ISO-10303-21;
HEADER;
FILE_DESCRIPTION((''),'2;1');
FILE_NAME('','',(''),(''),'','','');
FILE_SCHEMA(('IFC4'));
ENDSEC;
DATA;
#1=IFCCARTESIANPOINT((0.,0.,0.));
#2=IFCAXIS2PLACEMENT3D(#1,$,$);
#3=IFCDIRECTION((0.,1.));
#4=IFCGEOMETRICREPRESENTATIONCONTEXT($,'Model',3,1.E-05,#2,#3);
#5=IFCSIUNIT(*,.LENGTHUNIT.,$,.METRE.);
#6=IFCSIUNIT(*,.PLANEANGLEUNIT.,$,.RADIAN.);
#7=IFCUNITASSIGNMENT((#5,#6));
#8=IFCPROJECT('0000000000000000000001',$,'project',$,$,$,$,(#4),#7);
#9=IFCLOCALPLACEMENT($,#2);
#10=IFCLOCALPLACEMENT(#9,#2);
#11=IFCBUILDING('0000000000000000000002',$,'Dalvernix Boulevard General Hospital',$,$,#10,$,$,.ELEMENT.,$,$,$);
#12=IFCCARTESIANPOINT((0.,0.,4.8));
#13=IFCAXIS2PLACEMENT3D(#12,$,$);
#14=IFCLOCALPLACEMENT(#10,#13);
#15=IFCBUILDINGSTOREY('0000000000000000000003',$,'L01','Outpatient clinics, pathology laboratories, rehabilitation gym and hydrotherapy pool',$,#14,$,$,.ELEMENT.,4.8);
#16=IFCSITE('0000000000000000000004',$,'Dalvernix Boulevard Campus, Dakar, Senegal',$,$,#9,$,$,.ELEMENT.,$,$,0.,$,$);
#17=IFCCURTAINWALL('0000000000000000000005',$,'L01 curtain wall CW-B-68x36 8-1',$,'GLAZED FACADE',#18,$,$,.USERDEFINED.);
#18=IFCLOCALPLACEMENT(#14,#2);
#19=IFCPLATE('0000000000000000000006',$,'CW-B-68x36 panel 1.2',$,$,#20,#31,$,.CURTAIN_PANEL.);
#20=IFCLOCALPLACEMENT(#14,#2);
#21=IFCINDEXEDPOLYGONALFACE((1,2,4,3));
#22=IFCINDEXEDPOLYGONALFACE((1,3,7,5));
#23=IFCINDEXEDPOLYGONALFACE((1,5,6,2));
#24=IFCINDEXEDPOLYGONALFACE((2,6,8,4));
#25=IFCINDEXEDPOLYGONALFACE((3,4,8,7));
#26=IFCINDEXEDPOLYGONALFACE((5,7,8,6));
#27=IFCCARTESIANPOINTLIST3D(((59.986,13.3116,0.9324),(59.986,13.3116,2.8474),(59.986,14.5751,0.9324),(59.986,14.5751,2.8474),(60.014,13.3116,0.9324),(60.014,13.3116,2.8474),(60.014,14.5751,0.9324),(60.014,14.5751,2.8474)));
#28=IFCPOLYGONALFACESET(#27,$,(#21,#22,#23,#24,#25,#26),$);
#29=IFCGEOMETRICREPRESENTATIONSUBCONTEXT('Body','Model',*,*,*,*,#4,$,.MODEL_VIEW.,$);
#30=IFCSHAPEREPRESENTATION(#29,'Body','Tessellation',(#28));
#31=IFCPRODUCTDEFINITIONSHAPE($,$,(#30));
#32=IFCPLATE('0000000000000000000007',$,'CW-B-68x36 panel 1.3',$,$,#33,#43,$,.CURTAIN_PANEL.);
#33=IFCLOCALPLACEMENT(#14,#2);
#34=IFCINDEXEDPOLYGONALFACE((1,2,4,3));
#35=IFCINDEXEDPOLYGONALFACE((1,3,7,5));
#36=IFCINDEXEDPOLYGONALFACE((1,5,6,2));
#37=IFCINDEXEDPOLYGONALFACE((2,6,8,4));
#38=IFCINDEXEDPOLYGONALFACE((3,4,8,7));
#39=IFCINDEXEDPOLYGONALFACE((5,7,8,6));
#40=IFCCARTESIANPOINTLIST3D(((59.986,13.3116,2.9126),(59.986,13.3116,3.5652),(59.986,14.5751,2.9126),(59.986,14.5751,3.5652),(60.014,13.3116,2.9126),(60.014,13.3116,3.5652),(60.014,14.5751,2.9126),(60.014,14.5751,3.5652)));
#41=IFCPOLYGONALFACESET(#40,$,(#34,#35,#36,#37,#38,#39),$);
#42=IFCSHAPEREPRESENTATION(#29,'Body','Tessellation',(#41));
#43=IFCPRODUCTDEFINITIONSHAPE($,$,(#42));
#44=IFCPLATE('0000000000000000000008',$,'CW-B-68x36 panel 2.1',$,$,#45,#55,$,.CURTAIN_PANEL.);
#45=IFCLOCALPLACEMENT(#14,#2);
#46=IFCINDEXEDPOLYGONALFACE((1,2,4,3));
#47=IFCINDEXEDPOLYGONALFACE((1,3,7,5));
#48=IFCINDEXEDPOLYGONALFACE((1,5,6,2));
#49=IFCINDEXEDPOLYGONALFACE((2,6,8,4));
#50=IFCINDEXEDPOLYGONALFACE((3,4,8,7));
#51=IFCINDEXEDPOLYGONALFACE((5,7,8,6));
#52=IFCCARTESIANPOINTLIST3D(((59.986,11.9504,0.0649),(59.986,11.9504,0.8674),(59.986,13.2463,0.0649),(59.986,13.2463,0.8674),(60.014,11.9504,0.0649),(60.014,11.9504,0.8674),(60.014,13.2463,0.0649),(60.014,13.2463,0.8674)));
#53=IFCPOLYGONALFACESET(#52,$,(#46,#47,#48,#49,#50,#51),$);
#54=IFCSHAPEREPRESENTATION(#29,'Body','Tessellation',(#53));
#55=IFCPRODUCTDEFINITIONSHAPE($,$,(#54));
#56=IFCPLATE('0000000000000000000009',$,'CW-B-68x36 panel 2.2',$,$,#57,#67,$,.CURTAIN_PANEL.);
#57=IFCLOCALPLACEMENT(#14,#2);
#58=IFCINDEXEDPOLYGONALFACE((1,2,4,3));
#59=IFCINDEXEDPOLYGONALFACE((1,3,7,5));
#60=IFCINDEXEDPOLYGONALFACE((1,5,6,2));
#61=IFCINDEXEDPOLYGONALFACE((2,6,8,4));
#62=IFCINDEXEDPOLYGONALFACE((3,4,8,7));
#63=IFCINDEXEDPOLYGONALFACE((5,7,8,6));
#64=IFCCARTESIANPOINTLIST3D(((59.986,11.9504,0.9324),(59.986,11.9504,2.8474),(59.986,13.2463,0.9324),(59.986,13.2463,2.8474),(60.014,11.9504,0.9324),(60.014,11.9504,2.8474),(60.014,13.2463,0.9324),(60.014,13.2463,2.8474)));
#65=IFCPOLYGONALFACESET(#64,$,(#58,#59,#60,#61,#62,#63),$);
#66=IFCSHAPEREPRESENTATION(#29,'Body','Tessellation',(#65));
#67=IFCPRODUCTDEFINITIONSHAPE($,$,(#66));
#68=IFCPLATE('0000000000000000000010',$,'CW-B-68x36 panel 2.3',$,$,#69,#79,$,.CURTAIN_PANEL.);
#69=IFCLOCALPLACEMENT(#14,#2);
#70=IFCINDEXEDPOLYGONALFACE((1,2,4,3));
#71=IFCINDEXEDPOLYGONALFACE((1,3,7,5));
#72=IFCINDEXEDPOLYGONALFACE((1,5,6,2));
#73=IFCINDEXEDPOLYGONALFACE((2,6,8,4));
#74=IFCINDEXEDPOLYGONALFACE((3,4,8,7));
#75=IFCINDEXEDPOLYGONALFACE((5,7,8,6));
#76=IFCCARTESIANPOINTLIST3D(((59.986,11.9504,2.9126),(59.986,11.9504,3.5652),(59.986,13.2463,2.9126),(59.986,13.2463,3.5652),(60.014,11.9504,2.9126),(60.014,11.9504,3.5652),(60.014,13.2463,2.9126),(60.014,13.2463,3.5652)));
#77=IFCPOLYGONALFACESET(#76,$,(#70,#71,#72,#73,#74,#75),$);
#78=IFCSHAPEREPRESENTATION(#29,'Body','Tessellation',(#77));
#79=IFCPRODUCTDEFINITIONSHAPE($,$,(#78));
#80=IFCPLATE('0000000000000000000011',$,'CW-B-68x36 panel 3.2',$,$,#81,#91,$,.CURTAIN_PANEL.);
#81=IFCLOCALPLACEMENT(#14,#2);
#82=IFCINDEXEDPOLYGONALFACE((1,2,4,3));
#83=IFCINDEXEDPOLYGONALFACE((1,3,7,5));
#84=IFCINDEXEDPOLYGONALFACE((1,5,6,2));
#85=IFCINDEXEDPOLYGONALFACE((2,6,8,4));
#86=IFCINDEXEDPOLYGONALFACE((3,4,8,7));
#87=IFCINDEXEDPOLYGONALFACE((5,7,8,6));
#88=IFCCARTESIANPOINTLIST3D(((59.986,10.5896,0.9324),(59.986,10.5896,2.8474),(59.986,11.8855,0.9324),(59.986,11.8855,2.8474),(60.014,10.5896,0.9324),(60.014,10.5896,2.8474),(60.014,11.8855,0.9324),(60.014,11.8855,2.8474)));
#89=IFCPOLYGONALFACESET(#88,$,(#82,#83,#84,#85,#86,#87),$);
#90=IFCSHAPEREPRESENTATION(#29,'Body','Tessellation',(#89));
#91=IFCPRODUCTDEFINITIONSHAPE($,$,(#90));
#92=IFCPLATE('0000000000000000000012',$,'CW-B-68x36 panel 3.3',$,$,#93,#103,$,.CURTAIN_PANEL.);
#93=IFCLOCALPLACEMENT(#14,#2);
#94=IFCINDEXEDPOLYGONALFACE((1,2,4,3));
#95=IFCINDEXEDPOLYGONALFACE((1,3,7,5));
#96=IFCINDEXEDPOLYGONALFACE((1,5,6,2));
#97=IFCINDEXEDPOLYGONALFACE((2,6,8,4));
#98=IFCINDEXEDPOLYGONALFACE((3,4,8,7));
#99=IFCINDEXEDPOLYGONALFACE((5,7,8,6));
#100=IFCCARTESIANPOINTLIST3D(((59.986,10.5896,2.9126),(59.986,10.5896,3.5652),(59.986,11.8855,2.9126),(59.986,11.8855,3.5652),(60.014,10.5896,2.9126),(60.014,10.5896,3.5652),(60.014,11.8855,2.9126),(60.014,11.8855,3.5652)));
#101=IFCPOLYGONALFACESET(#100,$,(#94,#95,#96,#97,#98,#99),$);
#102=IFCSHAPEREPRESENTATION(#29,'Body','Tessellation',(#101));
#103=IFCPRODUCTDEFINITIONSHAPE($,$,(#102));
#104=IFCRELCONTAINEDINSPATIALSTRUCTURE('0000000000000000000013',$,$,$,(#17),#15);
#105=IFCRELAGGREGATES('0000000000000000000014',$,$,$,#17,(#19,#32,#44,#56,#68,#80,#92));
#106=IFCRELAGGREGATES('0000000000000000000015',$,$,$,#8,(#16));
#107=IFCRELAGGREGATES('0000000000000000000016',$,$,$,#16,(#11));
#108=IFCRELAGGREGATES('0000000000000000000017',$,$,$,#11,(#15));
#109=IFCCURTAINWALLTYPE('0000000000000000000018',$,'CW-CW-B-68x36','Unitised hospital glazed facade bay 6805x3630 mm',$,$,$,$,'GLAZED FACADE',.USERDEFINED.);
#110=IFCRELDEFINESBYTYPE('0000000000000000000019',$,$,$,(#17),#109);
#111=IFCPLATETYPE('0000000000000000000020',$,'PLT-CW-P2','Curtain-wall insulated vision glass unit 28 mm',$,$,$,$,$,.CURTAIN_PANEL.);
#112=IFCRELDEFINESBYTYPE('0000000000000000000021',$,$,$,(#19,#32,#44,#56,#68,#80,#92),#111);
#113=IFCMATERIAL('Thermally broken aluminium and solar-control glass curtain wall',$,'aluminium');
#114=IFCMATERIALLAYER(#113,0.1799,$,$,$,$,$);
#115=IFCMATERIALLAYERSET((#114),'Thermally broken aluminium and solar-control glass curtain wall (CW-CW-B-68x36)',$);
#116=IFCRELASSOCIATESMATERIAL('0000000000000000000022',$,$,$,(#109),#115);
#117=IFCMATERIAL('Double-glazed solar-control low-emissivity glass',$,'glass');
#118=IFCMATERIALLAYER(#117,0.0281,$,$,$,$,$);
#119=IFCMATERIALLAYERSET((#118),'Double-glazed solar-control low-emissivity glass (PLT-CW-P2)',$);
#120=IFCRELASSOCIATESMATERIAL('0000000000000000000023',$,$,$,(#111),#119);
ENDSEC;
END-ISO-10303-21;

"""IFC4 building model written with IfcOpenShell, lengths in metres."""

from ifc_helpers import new_model, si_unit, direction, frame, origin, origin_2d, place, context, subcontext, project, spatial, rectangle, extrude, material, layer, layer_set, type_object, element, aggregate, save


model = new_model("IFC4")

# Units and contexts
model_context = context("Model", 3, precision=1e-05, world=origin(), true_north=direction((0.0, 1.0)))
body_context = subcontext(model_context, "Body", "Model", "MODEL_VIEW")
ifc_project = project(units=[si_unit("LENGTHUNIT", "METRE"), si_unit("PLANEANGLEUNIT", "RADIAN")], contexts=[model_context])

# Site, building, storey
site_placement = place(None, origin())
site = spatial("IfcSite", under=ifc_project, at=site_placement, Name="Dalvernix Boulevard Campus, Dakar, Senegal", CompositionType="ELEMENT", RefElevation=0.0)
building_placement = place(site_placement, origin())
building = spatial("IfcBuilding", under=site, at=building_placement, Name="Dalvernix Boulevard General Hospital", CompositionType="ELEMENT")
storey_placement = place(building_placement, frame((0.0, 0.0, 4.8)))
storey = spatial("IfcBuildingStorey", under=building, at=storey_placement, Name="L01", Description="Outpatient clinics, pathology laboratories, rehabilitation gym and hydrotherapy pool", CompositionType="ELEMENT", Elevation=4.8)

# Curtain wall, plates
ifc_material_1 = material(Name="Thermally broken aluminium and solar-control glass curtain wall", Category="aluminium")
ifc_layer_1 = layer(ifc_material_1, 0.1799)
ifc_layer_set_1 = layer_set([ifc_layer_1], Name="Thermally broken aluminium and solar-control glass curtain wall (CW-CW-B-68x36)")
curtain_wall_type = type_object("IfcCurtainWallType", Name="CW-CW-B-68x36", Description="Unitised hospital glazed facade bay 6805x3630 mm", ElementType="GLAZED FACADE", PredefinedType="USERDEFINED", material=ifc_layer_set_1)
curtain_wall_placement = place(storey_placement, origin())
curtain_wall = element("IfcCurtainWall", 1, at=curtain_wall_placement, inside=storey, type_object=curtain_wall_type, Name="L01 curtain wall CW-B-68x36 8-1", ObjectType="GLAZED FACADE", PredefinedType="USERDEFINED")
ifc_material_2 = material(Name="Double-glazed solar-control low-emissivity glass", Category="glass")
ifc_layer_2 = layer(ifc_material_2, 0.0281)
ifc_layer_set_2 = layer_set([ifc_layer_2], Name="Double-glazed solar-control low-emissivity glass (PLT-CW-P2)")
plate_type = type_object("IfcPlateType", Name="PLT-CW-P2", Description="Curtain-wall insulated vision glass unit 28 mm", PredefinedType="CURTAIN_PANEL", material=ifc_layer_set_2)
plate_1_placement = place(storey_placement, frame((60.0, 13.9434, 0.9324), z_axis=(0.0, 0.0, 1.0), x_axis=(0.0, -1.0, 0.0)))
plate_1 = element("IfcPlate", 2, at=plate_1_placement, type_object=plate_type, Name="CW-B-68x36 panel 1.2", PredefinedType="CURTAIN_PANEL", context=body_context, shape_type="SweptSolid", body=[
    extrude(rectangle(XDim=1.2634, YDim=0.0281, at=origin_2d()), origin(), (0.0, 0.0, 1.0), 1.915),
])
plate_2_placement = place(storey_placement, frame((60.0, 13.9434, 2.9126), z_axis=(0.0, 0.0, 1.0), x_axis=(0.0, -1.0, 0.0)))
plate_2 = element("IfcPlate", 3, at=plate_2_placement, type_object=plate_type, Name="CW-B-68x36 panel 1.3", PredefinedType="CURTAIN_PANEL", context=body_context, shape_type="SweptSolid", body=[
    extrude(rectangle(XDim=1.2634, YDim=0.0281, at=origin_2d()), origin(), (0.0, 0.0, 1.0), 0.6526),
])
plate_3_placement = place(storey_placement, frame((60.0, 12.5984, 0.0649), z_axis=(0.0, 0.0, 1.0), x_axis=(0.0, -1.0, 0.0)))
plate_3 = element("IfcPlate", 4, at=plate_3_placement, type_object=plate_type, Name="CW-B-68x36 panel 2.1", PredefinedType="CURTAIN_PANEL", context=body_context, shape_type="SweptSolid", body=[
    extrude(rectangle(XDim=1.2959, YDim=0.0281, at=origin_2d()), origin(), (0.0, 0.0, 1.0), 0.8025),
])
plate_4_placement = place(storey_placement, frame((60.0, 12.5984, 0.9324), z_axis=(0.0, 0.0, 1.0), x_axis=(0.0, -1.0, 0.0)))
plate_4 = element("IfcPlate", 5, at=plate_4_placement, type_object=plate_type, Name="CW-B-68x36 panel 2.2", PredefinedType="CURTAIN_PANEL", context=body_context, shape_type="SweptSolid", body=[
    extrude(rectangle(XDim=1.2959, YDim=0.0281, at=origin_2d()), origin(), (0.0, 0.0, 1.0), 1.915),
])
plate_5_placement = place(storey_placement, frame((60.0, 12.5984, 2.9126), z_axis=(0.0, 0.0, 1.0), x_axis=(0.0, -1.0, 0.0)))
plate_5 = element("IfcPlate", 6, at=plate_5_placement, type_object=plate_type, Name="CW-B-68x36 panel 2.3", PredefinedType="CURTAIN_PANEL", context=body_context, shape_type="SweptSolid", body=[
    extrude(rectangle(XDim=1.2959, YDim=0.0281, at=origin_2d()), origin(), (0.0, 0.0, 1.0), 0.6526),
])
plate_6_placement = place(storey_placement, frame((60.0, 11.2375, 0.9324), z_axis=(0.0, 0.0, 1.0), x_axis=(0.0, -1.0, 0.0)))
plate_6 = element("IfcPlate", 7, at=plate_6_placement, type_object=plate_type, Name="CW-B-68x36 panel 3.2", PredefinedType="CURTAIN_PANEL", context=body_context, shape_type="SweptSolid", body=[
    extrude(rectangle(XDim=1.2959, YDim=0.0281, at=origin_2d()), origin(), (0.0, 0.0, 1.0), 1.915),
])
plate_7_placement = place(storey_placement, frame((60.0, 11.2375, 2.9126), z_axis=(0.0, 0.0, 1.0), x_axis=(0.0, -1.0, 0.0)))
plate_7 = element("IfcPlate", 8, at=plate_7_placement, type_object=plate_type, Name="CW-B-68x36 panel 3.3", PredefinedType="CURTAIN_PANEL", context=body_context, shape_type="SweptSolid", body=[
    extrude(rectangle(XDim=1.2959, YDim=0.0281, at=origin_2d()), origin(), (0.0, 0.0, 1.0), 0.6526),
])
aggregate(curtain_wall, [plate_1, plate_2, plate_3, plate_4, plate_5, plate_6, plate_7])

save(model, "model.ifc")
